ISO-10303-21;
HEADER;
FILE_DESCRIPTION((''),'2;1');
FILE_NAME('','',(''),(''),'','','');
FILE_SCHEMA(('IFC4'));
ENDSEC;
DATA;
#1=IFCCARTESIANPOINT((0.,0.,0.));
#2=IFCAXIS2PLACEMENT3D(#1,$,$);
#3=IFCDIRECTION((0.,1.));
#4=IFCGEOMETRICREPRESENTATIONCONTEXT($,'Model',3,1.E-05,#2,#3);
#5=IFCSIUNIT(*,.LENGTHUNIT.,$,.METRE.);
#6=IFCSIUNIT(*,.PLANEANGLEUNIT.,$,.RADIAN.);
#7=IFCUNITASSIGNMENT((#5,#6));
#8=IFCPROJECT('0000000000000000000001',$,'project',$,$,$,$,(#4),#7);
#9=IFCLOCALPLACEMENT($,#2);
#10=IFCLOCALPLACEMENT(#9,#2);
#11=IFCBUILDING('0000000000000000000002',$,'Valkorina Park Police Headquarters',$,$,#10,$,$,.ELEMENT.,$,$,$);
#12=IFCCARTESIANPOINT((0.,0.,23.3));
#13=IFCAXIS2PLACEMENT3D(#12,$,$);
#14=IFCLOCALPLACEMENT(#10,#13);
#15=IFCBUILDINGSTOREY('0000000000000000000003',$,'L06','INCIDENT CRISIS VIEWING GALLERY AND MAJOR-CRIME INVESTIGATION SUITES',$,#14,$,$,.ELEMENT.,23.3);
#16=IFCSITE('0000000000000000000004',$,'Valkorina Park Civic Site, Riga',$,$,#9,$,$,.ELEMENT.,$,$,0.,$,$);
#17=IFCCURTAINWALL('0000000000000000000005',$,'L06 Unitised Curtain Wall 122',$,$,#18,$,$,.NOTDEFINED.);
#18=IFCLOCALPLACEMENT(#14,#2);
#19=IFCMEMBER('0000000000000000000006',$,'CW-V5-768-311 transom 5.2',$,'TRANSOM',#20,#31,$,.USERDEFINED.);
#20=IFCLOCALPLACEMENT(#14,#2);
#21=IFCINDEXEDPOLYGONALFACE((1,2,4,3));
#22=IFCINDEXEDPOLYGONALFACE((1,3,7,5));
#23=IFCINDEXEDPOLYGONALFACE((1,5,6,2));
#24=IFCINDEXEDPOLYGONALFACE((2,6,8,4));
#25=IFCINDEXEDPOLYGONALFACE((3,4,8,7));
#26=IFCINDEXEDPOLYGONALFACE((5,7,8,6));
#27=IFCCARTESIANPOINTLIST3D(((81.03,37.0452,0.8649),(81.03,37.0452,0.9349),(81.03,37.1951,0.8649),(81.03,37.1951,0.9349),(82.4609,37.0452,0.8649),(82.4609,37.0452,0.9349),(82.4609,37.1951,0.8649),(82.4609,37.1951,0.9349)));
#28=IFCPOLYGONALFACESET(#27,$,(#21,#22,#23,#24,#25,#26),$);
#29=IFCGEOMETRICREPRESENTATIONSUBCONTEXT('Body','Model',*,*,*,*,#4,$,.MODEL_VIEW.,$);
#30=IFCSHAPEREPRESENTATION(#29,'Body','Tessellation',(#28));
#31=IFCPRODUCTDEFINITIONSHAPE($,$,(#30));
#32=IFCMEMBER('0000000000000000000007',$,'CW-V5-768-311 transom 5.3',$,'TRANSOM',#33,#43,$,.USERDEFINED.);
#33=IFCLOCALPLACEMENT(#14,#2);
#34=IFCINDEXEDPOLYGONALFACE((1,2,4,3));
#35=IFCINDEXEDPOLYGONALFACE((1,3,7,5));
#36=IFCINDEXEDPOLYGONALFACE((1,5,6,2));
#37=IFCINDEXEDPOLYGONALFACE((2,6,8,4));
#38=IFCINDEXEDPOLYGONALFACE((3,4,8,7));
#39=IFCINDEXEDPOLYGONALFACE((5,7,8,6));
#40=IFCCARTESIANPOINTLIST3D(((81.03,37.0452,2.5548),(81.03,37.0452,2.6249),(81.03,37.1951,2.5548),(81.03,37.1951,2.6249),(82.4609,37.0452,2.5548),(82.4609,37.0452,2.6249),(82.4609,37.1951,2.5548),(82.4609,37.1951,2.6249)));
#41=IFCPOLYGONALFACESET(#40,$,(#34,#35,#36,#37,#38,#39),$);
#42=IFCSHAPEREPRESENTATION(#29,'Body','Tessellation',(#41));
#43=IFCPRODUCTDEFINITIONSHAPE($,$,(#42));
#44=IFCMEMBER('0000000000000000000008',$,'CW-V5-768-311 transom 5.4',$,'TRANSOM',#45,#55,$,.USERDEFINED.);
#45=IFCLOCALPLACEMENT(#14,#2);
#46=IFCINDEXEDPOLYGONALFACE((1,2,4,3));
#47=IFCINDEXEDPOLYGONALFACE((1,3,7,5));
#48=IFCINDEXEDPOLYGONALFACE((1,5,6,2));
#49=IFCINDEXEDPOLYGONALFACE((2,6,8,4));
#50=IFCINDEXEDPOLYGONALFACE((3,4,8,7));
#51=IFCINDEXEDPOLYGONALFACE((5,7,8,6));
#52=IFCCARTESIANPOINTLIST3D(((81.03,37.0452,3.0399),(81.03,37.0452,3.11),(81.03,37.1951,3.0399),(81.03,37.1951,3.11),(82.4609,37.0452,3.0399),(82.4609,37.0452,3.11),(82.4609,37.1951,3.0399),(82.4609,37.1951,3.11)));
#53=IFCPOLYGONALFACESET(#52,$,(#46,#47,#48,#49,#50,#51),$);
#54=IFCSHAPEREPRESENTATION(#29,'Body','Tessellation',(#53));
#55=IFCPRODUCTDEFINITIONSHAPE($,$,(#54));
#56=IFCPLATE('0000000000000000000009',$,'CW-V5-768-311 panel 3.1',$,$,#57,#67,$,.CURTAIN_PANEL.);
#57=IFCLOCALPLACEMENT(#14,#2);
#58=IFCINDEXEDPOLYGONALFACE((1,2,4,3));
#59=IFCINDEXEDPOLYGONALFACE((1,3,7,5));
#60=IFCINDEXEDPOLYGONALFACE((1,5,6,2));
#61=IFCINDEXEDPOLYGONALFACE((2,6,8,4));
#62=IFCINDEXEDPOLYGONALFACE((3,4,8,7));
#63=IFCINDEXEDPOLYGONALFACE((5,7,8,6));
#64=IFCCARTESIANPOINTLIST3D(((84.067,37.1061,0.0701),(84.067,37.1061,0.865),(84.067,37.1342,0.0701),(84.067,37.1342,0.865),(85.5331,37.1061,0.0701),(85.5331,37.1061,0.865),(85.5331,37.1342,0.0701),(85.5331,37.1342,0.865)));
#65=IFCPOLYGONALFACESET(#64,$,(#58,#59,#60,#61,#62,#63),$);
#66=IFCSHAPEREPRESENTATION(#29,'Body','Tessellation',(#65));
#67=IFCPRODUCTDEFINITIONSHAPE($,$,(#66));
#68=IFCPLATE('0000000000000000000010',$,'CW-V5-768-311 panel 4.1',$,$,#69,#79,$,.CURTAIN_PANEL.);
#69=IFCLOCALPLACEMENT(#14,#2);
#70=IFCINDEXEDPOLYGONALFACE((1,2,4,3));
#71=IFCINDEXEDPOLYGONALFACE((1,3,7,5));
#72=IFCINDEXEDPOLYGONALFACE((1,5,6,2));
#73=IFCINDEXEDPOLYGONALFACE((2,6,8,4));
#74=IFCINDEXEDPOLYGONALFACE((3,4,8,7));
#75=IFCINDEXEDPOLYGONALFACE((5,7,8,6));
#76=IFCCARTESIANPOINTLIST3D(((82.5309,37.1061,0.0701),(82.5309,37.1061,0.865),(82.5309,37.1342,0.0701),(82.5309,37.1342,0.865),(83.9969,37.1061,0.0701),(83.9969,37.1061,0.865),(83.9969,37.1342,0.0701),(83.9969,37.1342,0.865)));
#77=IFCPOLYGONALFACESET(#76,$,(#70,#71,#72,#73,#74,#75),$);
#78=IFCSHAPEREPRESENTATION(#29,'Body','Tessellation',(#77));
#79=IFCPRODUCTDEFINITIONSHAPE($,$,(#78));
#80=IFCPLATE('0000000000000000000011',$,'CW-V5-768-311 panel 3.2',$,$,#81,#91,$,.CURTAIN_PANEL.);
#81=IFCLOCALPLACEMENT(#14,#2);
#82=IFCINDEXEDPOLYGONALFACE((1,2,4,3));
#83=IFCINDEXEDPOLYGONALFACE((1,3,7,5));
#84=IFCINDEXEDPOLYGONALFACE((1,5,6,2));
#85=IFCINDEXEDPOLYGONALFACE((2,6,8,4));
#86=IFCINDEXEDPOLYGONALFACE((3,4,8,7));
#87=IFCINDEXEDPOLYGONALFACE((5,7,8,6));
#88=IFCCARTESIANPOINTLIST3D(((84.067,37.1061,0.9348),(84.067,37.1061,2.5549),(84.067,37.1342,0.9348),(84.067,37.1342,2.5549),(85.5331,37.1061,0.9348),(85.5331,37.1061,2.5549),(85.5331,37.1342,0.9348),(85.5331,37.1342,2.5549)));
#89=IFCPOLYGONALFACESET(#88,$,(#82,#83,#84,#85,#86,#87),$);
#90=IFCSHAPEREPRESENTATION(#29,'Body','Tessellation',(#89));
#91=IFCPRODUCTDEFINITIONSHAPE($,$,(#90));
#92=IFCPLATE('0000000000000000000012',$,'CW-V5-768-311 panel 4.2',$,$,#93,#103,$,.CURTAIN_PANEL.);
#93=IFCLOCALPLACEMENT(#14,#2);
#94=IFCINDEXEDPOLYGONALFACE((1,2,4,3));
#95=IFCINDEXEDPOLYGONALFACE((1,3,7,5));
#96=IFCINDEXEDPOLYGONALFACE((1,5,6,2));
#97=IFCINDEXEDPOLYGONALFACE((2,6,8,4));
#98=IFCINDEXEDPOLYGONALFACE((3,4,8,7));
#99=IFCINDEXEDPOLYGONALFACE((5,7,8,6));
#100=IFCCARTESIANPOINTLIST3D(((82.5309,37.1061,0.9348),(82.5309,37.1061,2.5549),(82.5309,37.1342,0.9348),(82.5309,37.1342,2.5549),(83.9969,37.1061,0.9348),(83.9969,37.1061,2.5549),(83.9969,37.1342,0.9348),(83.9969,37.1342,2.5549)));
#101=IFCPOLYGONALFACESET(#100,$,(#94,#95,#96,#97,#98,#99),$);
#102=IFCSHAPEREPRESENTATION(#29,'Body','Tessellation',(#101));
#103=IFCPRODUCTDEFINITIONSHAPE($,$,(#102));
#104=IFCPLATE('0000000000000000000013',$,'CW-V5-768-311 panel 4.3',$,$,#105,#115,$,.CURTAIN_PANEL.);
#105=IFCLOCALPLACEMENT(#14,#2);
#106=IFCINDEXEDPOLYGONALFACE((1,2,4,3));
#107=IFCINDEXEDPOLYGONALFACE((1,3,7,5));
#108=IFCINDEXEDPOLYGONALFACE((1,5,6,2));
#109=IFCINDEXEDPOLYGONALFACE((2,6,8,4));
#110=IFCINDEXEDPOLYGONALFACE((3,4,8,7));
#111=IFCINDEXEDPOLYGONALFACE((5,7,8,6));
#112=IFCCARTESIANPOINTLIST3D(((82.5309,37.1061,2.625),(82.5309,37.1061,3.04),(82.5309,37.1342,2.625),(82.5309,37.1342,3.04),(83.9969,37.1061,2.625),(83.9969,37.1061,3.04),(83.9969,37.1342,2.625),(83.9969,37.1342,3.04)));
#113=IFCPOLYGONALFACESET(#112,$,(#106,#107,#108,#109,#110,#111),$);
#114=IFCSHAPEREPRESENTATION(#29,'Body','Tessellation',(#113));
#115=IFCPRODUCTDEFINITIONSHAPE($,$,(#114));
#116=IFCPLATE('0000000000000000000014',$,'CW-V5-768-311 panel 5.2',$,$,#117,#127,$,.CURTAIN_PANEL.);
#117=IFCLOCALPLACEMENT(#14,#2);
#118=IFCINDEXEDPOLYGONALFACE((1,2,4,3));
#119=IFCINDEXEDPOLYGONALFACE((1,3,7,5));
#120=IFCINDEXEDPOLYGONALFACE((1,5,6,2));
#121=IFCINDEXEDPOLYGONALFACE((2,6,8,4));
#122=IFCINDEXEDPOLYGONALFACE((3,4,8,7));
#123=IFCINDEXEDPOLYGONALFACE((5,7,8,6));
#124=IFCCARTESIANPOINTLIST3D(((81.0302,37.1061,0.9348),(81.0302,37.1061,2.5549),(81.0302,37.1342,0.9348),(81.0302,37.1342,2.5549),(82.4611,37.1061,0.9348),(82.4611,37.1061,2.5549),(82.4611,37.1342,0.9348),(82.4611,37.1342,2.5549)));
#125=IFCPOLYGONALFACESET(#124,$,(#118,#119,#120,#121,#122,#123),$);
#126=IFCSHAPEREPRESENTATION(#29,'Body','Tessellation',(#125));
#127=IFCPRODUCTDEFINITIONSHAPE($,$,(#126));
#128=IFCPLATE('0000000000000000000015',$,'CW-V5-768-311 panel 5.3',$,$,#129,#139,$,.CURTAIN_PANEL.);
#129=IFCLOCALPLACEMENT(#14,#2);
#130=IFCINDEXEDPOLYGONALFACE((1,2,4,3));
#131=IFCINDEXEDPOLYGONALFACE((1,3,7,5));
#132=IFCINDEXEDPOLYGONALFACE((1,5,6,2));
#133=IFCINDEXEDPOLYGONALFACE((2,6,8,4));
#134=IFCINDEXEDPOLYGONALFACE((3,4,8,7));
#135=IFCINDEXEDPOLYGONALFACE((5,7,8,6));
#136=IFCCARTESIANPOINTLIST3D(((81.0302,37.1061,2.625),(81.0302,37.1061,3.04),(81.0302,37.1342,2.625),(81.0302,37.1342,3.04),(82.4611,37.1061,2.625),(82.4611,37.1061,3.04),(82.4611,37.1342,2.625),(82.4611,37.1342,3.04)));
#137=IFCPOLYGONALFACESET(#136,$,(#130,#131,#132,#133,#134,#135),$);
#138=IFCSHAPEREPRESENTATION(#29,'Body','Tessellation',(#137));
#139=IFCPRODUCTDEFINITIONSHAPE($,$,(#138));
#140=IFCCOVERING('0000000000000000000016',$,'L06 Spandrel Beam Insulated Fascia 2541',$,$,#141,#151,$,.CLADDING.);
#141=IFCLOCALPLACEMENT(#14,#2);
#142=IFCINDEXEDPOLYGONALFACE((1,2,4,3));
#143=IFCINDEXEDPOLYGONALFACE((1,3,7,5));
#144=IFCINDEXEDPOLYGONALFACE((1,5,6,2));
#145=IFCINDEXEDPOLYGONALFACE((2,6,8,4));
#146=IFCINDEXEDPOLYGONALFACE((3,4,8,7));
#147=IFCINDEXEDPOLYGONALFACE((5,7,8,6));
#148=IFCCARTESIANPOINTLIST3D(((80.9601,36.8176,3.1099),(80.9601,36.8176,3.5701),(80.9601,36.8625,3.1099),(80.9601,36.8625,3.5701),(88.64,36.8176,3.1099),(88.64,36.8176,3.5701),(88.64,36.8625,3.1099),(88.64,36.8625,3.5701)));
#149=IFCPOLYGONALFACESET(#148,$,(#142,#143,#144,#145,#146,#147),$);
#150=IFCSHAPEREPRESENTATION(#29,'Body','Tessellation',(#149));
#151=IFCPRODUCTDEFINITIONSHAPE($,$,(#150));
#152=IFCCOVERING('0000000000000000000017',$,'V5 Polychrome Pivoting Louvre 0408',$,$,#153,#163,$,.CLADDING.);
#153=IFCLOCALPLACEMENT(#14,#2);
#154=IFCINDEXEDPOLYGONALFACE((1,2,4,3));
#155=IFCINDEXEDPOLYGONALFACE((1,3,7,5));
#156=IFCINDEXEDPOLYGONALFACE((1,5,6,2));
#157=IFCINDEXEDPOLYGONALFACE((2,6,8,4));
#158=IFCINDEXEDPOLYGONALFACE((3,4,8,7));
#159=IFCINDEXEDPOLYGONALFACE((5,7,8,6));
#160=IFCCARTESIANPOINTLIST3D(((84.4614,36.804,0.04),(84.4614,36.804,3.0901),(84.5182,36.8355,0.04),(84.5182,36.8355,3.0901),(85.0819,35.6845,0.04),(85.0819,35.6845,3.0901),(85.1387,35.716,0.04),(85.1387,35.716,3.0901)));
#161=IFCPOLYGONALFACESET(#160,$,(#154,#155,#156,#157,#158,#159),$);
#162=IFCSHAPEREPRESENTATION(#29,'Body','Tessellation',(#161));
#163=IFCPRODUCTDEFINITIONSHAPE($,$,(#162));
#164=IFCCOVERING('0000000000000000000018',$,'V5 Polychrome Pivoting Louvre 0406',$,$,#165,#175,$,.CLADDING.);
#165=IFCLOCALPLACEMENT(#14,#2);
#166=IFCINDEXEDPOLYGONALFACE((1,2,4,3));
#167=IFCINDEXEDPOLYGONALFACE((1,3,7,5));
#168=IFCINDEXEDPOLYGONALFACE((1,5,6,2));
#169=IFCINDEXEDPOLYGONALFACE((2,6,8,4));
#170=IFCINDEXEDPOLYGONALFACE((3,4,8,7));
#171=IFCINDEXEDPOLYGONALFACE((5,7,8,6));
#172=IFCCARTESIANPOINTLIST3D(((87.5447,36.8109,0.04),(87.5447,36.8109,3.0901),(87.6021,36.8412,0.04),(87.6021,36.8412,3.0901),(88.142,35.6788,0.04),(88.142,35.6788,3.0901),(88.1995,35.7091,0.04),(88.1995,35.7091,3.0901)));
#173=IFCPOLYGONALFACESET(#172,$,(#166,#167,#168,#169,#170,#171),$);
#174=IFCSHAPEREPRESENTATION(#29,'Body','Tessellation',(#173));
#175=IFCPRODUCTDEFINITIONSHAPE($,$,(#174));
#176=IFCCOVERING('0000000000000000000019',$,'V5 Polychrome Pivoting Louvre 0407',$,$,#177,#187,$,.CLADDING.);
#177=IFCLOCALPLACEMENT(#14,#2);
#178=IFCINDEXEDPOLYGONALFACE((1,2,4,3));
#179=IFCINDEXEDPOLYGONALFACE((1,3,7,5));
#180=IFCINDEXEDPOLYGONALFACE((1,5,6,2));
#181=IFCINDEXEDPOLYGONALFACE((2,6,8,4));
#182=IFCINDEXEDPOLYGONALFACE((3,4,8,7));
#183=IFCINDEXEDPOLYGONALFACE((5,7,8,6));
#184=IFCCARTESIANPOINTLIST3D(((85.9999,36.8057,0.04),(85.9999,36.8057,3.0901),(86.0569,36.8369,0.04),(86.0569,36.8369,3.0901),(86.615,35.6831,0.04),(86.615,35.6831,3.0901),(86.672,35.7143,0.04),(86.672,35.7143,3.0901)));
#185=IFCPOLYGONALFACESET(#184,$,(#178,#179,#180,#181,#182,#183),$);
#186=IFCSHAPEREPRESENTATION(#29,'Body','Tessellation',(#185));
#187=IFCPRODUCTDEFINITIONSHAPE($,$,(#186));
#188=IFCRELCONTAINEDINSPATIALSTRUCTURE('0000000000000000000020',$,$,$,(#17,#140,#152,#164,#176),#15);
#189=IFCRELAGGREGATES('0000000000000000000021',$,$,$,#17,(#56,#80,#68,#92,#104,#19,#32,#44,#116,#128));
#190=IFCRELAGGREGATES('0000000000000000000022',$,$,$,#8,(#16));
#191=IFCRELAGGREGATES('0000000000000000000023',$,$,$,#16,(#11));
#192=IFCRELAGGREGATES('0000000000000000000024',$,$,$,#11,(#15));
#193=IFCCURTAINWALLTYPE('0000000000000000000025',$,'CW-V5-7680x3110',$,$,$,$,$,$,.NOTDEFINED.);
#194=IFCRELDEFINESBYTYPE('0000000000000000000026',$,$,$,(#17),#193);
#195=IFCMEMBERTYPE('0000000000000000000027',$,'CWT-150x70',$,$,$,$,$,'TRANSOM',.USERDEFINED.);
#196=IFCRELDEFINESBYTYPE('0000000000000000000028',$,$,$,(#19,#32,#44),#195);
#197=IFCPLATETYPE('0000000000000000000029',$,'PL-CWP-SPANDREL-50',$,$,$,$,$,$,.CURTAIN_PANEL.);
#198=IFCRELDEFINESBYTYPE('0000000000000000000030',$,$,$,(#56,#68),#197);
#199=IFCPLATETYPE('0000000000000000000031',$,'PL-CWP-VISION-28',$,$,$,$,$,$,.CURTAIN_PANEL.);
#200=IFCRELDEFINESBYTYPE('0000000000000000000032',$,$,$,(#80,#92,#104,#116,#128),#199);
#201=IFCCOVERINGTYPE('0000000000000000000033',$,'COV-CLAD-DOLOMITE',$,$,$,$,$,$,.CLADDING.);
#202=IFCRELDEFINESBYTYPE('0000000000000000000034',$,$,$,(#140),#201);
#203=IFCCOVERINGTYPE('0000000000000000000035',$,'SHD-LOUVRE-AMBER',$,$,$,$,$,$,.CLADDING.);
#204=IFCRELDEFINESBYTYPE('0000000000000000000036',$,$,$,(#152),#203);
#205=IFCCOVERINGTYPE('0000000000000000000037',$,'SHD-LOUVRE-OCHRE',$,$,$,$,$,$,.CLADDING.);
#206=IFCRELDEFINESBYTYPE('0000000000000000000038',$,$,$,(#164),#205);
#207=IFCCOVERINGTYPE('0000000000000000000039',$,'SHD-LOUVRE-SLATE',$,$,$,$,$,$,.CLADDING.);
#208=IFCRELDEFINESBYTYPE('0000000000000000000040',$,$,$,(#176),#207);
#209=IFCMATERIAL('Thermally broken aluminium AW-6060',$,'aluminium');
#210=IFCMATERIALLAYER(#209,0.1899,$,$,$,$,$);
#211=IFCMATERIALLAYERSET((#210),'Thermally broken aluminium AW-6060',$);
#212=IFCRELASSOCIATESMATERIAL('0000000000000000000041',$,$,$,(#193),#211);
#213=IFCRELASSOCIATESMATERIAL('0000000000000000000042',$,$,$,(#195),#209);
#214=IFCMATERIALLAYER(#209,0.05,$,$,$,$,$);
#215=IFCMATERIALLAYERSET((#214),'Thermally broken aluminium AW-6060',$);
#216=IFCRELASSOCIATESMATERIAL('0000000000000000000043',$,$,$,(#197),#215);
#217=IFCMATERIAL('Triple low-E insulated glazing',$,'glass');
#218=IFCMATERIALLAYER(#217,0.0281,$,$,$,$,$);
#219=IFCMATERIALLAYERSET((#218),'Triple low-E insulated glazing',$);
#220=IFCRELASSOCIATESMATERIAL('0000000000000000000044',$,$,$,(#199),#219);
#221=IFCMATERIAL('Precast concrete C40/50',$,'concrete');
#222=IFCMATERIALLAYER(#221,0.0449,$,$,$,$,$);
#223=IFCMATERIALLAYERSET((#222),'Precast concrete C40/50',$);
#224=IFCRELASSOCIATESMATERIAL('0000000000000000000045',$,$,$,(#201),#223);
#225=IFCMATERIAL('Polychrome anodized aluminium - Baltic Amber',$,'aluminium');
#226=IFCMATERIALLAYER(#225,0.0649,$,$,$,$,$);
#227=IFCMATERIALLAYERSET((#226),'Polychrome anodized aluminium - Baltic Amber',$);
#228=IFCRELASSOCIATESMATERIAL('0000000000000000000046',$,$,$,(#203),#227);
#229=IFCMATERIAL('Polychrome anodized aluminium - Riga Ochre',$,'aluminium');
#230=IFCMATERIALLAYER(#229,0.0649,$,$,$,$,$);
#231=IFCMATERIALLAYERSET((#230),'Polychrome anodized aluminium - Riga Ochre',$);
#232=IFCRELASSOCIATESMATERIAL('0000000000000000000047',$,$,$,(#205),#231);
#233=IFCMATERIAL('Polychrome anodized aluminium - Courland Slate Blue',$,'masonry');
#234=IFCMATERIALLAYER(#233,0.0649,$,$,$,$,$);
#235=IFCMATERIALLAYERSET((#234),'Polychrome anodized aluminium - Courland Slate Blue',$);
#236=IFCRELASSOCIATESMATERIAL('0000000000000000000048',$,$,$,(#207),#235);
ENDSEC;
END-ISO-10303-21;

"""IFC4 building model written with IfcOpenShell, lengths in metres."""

from ifc_helpers import new_model, si_unit, direction, frame, frame_2d, origin, origin_2d, place, context, subcontext, project, spatial, rectangle, extrude, material, layer, layer_set, material_profile, profile_set, type_object, element, aggregate, save


model = new_model("IFC4")

# Units and contexts
model_context = context("Model", 3, precision=1e-05, world=origin(), true_north=direction((0.0, 1.0)))
body_context = subcontext(model_context, "Body", "Model", "MODEL_VIEW")
ifc_project = project(units=[si_unit("LENGTHUNIT", "METRE"), si_unit("PLANEANGLEUNIT", "RADIAN")], contexts=[model_context])

# Site, building, storey
site_placement = place(None, origin())
site = spatial("IfcSite", under=ifc_project, at=site_placement, Name="Valkorina Park Civic Site, Riga", CompositionType="ELEMENT", RefElevation=0.0)
building_placement = place(site_placement, origin())
building = spatial("IfcBuilding", under=site, at=building_placement, Name="Valkorina Park Police Headquarters", CompositionType="ELEMENT")
storey_placement = place(building_placement, frame((0.0, 0.0, 23.3)))
storey = spatial("IfcBuildingStorey", under=building, at=storey_placement, Name="L06", Description="INCIDENT CRISIS VIEWING GALLERY AND MAJOR-CRIME INVESTIGATION SUITES", CompositionType="ELEMENT", Elevation=23.3)

# Curtain wall, members, plates
ifc_material_1 = material(Name="Thermally broken aluminium AW-6060", Category="aluminium")
ifc_layer_1 = layer(ifc_material_1, 0.1899)
ifc_layer_set_1 = layer_set([ifc_layer_1], Name="Thermally broken aluminium AW-6060")
curtain_wall_type = type_object("IfcCurtainWallType", Name="CW-V5-7680x3110", PredefinedType="NOTDEFINED", material=ifc_layer_set_1)
curtain_wall_placement = place(storey_placement, origin())
curtain_wall = element("IfcCurtainWall", 1, at=curtain_wall_placement, inside=storey, type_object=curtain_wall_type, Name="L06 Unitised Curtain Wall 122", PredefinedType="NOTDEFINED")
ifc_material_profile_1 = material_profile(ifc_material_1, rectangle(XDim=0.1499, YDim=0.0701, at=origin_2d()), Name="CWT-02 150x70")
ifc_profile_set_1 = profile_set([ifc_material_profile_1], Name="Thermally broken aluminium AW-6060")
member_type_1 = type_object("IfcMemberType", Name="CWT-150x70", ElementType="TRANSOM", PredefinedType="USERDEFINED", material=ifc_profile_set_1)
member_1_placement = place(storey_placement, frame((82.4609, 37.1201, 0.8999), z_axis=(-1.0, 0.0, 0.0), x_axis=(0.0, -1.0, 0.0)))
member_1 = element("IfcMember", 2, at=member_1_placement, type_object=member_type_1, Name="CW-V5-768-311 transom 5.2", ObjectType="TRANSOM", PredefinedType="USERDEFINED", context=body_context, shape_type="SweptSolid", body=[
    extrude(rectangle(XDim=0.1499, YDim=0.0701, at=origin_2d()), origin(), (0.0, 0.0, 1.0), 1.4309),
])
member_2_placement = place(storey_placement, frame((82.4609, 37.1201, 2.5898), z_axis=(-1.0, 0.0, 0.0), x_axis=(0.0, -1.0, 0.0)))
member_2 = element("IfcMember", 3, at=member_2_placement, type_object=member_type_1, Name="CW-V5-768-311 transom 5.3", ObjectType="TRANSOM", PredefinedType="USERDEFINED", context=body_context, shape_type="SweptSolid", body=[
    extrude(rectangle(XDim=0.1499, YDim=0.0701, at=origin_2d()), origin(), (0.0, 0.0, 1.0), 1.4309),
])
member_3_placement = place(storey_placement, frame((82.4609, 37.1201, 3.075), z_axis=(-1.0, 0.0, 0.0), x_axis=(0.0, -1.0, 0.0)))
member_3 = element("IfcMember", 4, at=member_3_placement, type_object=member_type_1, Name="CW-V5-768-311 transom 5.4", ObjectType="TRANSOM", PredefinedType="USERDEFINED", context=body_context, shape_type="SweptSolid", body=[
    extrude(rectangle(XDim=0.1499, YDim=0.0701, at=origin_2d()), origin(), (0.0, 0.0, 1.0), 1.4309),
])
ifc_layer_2 = layer(ifc_material_1, 0.05)
ifc_layer_set_2 = layer_set([ifc_layer_2], Name="Thermally broken aluminium AW-6060")
plate_type_1 = type_object("IfcPlateType", Name="PL-CWP-SPANDREL-50", PredefinedType="CURTAIN_PANEL", material=ifc_layer_set_2)
plate_1_placement = place(storey_placement, frame((84.8, 37.1201, 0.0701), z_axis=(0.0, 0.0, 1.0), x_axis=(-1.0, 0.0, 0.0)))
plate_1 = element("IfcPlate", 5, at=plate_1_placement, type_object=plate_type_1, Name="CW-V5-768-311 panel 3.1", PredefinedType="CURTAIN_PANEL", context=body_context, shape_type="SweptSolid", body=[
    extrude(rectangle(XDim=1.4661, YDim=0.0281, at=origin_2d()), origin(), (0.0, 0.0, 1.0), 0.7949),
])
plate_2_placement = place(storey_placement, frame((83.2639, 37.1201, 0.0701), z_axis=(0.0, 0.0, 1.0), x_axis=(-1.0, 0.0, 0.0)))
plate_2 = element("IfcPlate", 6, at=plate_2_placement, type_object=plate_type_1, Name="CW-V5-768-311 panel 4.1", PredefinedType="CURTAIN_PANEL", context=body_context, shape_type="SweptSolid", body=[
    extrude(rectangle(XDim=1.4661, YDim=0.0281, at=origin_2d()), origin(), (0.0, 0.0, 1.0), 0.7949),
])
ifc_material_2 = material(Name="Triple low-E insulated glazing", Category="glass")
ifc_layer_3 = layer(ifc_material_2, 0.0281)
ifc_layer_set_3 = layer_set([ifc_layer_3], Name="Triple low-E insulated glazing")
plate_type_2 = type_object("IfcPlateType", Name="PL-CWP-VISION-28", PredefinedType="CURTAIN_PANEL", material=ifc_layer_set_3)
plate_3_placement = place(storey_placement, frame((84.8, 37.1201, 0.9348), z_axis=(0.0, 0.0, 1.0), x_axis=(-1.0, 0.0, 0.0)))
plate_3 = element("IfcPlate", 7, at=plate_3_placement, type_object=plate_type_2, Name="CW-V5-768-311 panel 3.2", PredefinedType="CURTAIN_PANEL", context=body_context, shape_type="SweptSolid", body=[
    extrude(rectangle(XDim=1.4661, YDim=0.0281, at=origin_2d()), origin(), (0.0, 0.0, 1.0), 1.6201),
])
plate_4_placement = place(storey_placement, frame((83.2639, 37.1201, 0.9348), z_axis=(0.0, 0.0, 1.0), x_axis=(-1.0, 0.0, 0.0)))
plate_4 = element("IfcPlate", 8, at=plate_4_placement, type_object=plate_type_2, Name="CW-V5-768-311 panel 4.2", PredefinedType="CURTAIN_PANEL", context=body_context, shape_type="SweptSolid", body=[
    extrude(rectangle(XDim=1.4661, YDim=0.0281, at=origin_2d()), origin(), (0.0, 0.0, 1.0), 1.6201),
])
plate_5_placement = place(storey_placement, frame((83.2639, 37.1201, 2.625), z_axis=(0.0, 0.0, 1.0), x_axis=(-1.0, 0.0, 0.0)))
plate_5 = element("IfcPlate", 9, at=plate_5_placement, type_object=plate_type_2, Name="CW-V5-768-311 panel 4.3", PredefinedType="CURTAIN_PANEL", context=body_context, shape_type="SweptSolid", body=[
    extrude(rectangle(XDim=1.4661, YDim=0.0281, at=origin_2d()), origin(), (0.0, 0.0, 1.0), 0.415),
])
plate_6_placement = place(storey_placement, frame((81.7456, 37.1201, 0.9348), z_axis=(0.0, 0.0, 1.0), x_axis=(-1.0, 0.0, 0.0)))
plate_6 = element("IfcPlate", 10, at=plate_6_placement, type_object=plate_type_2, Name="CW-V5-768-311 panel 5.2", PredefinedType="CURTAIN_PANEL", context=body_context, shape_type="SweptSolid", body=[
    extrude(rectangle(XDim=1.4309, YDim=0.0281, at=origin_2d()), origin(), (0.0, 0.0, 1.0), 1.6201),
])
plate_7_placement = place(storey_placement, frame((81.7456, 37.1201, 2.625), z_axis=(0.0, 0.0, 1.0), x_axis=(-1.0, 0.0, 0.0)))
plate_7 = element("IfcPlate", 11, at=plate_7_placement, type_object=plate_type_2, Name="CW-V5-768-311 panel 5.3", PredefinedType="CURTAIN_PANEL", context=body_context, shape_type="SweptSolid", body=[
    extrude(rectangle(XDim=1.4309, YDim=0.0281, at=origin_2d()), origin(), (0.0, 0.0, 1.0), 0.415),
])
aggregate(curtain_wall, [plate_1, plate_3, plate_2, plate_4, plate_5, member_1, member_2, member_3, plate_6, plate_7])

# Coverings
ifc_material_3 = material(Name="Precast concrete C40/50", Category="concrete")
ifc_layer_4 = layer(ifc_material_3, 0.0449)
ifc_layer_set_4 = layer_set([ifc_layer_4], Name="Precast concrete C40/50")
covering_type_1 = type_object("IfcCoveringType", Name="COV-CLAD-DOLOMITE", PredefinedType="CLADDING", material=ifc_layer_set_4)
covering_1_placement = place(storey_placement, frame((88.6399, 36.8401, 3.1099), z_axis=(0.0, 0.0, 1.0), x_axis=(-1.0, 0.0, 0.0)))
element("IfcCovering", 12, at=covering_1_placement, inside=storey, type_object=covering_type_1, Name="L06 Spandrel Beam Insulated Fascia 2541", PredefinedType="CLADDING", context=body_context, shape_type="SweptSolid", body=[
    extrude(rectangle(XDim=7.6799, YDim=0.0449, at=frame_2d((3.8398, 0.0))), origin(), (0.0, 0.0, 1.0), 0.4602),
])
ifc_material_4 = material(Name="Polychrome anodized aluminium - Baltic Amber", Category="aluminium")
ifc_layer_5 = layer(ifc_material_4, 0.0649)
ifc_layer_set_5 = layer_set([ifc_layer_5], Name="Polychrome anodized aluminium - Baltic Amber")
covering_type_2 = type_object("IfcCoveringType", Name="SHD-LOUVRE-AMBER", PredefinedType="CLADDING", material=ifc_layer_set_5)
covering_2_placement = place(storey_placement, frame((84.8, 36.26, 0.04), z_axis=(0.0, 0.0, 1.0), x_axis=(0.48481, -0.87462, 0.0)))
element("IfcCovering", 13, at=covering_2_placement, inside=storey, type_object=covering_type_2, Name="V5 Polychrome Pivoting Louvre 0408", PredefinedType="CLADDING", context=body_context, shape_type="SweptSolid", body=[
    extrude(rectangle(XDim=1.28, YDim=0.0649, at=origin_2d()), origin(), (0.0, 0.0, 1.0), 3.05),
])
ifc_material_5 = material(Name="Polychrome anodized aluminium - Riga Ochre", Category="aluminium")
ifc_layer_6 = layer(ifc_material_5, 0.0649)
ifc_layer_set_6 = layer_set([ifc_layer_6], Name="Polychrome anodized aluminium - Riga Ochre")
covering_type_3 = type_object("IfcCoveringType", Name="SHD-LOUVRE-OCHRE", PredefinedType="CLADDING", material=ifc_layer_set_6)
covering_3_placement = place(storey_placement, frame((87.8721, 36.26, 0.04), z_axis=(0.0, 0.0, 1.0), x_axis=(0.466695, -0.884418, 0.0)))
element("IfcCovering", 14, at=covering_3_placement, inside=storey, type_object=covering_type_3, Name="V5 Polychrome Pivoting Louvre 0406", PredefinedType="CLADDING", context=body_context, shape_type="SweptSolid", body=[
    extrude(rectangle(XDim=1.28, YDim=0.0649, at=origin_2d()), origin(), (0.0, 0.0, 1.0), 3.05),
])
ifc_material_6 = material(Name="Polychrome anodized aluminium - Courland Slate Blue", Category="masonry")
ifc_layer_7 = layer(ifc_material_6, 0.0649)
ifc_layer_set_7 = layer_set([ifc_layer_7], Name="Polychrome anodized aluminium - Courland Slate Blue")
covering_type_4 = type_object("IfcCoveringType", Name="SHD-LOUVRE-SLATE", PredefinedType="CLADDING", material=ifc_layer_set_7)
covering_4_placement = place(storey_placement, frame((86.3359, 36.26, 0.04), z_axis=(0.0, 0.0, 1.0), x_axis=(0.48053, -0.876978, 0.0)))
element("IfcCovering", 15, at=covering_4_placement, inside=storey, type_object=covering_type_4, Name="V5 Polychrome Pivoting Louvre 0407", PredefinedType="CLADDING", context=body_context, shape_type="SweptSolid", body=[
    extrude(rectangle(XDim=1.28, YDim=0.0649, at=origin_2d()), origin(), (0.0, 0.0, 1.0), 3.05),
])

save(model, "model.ifc")
